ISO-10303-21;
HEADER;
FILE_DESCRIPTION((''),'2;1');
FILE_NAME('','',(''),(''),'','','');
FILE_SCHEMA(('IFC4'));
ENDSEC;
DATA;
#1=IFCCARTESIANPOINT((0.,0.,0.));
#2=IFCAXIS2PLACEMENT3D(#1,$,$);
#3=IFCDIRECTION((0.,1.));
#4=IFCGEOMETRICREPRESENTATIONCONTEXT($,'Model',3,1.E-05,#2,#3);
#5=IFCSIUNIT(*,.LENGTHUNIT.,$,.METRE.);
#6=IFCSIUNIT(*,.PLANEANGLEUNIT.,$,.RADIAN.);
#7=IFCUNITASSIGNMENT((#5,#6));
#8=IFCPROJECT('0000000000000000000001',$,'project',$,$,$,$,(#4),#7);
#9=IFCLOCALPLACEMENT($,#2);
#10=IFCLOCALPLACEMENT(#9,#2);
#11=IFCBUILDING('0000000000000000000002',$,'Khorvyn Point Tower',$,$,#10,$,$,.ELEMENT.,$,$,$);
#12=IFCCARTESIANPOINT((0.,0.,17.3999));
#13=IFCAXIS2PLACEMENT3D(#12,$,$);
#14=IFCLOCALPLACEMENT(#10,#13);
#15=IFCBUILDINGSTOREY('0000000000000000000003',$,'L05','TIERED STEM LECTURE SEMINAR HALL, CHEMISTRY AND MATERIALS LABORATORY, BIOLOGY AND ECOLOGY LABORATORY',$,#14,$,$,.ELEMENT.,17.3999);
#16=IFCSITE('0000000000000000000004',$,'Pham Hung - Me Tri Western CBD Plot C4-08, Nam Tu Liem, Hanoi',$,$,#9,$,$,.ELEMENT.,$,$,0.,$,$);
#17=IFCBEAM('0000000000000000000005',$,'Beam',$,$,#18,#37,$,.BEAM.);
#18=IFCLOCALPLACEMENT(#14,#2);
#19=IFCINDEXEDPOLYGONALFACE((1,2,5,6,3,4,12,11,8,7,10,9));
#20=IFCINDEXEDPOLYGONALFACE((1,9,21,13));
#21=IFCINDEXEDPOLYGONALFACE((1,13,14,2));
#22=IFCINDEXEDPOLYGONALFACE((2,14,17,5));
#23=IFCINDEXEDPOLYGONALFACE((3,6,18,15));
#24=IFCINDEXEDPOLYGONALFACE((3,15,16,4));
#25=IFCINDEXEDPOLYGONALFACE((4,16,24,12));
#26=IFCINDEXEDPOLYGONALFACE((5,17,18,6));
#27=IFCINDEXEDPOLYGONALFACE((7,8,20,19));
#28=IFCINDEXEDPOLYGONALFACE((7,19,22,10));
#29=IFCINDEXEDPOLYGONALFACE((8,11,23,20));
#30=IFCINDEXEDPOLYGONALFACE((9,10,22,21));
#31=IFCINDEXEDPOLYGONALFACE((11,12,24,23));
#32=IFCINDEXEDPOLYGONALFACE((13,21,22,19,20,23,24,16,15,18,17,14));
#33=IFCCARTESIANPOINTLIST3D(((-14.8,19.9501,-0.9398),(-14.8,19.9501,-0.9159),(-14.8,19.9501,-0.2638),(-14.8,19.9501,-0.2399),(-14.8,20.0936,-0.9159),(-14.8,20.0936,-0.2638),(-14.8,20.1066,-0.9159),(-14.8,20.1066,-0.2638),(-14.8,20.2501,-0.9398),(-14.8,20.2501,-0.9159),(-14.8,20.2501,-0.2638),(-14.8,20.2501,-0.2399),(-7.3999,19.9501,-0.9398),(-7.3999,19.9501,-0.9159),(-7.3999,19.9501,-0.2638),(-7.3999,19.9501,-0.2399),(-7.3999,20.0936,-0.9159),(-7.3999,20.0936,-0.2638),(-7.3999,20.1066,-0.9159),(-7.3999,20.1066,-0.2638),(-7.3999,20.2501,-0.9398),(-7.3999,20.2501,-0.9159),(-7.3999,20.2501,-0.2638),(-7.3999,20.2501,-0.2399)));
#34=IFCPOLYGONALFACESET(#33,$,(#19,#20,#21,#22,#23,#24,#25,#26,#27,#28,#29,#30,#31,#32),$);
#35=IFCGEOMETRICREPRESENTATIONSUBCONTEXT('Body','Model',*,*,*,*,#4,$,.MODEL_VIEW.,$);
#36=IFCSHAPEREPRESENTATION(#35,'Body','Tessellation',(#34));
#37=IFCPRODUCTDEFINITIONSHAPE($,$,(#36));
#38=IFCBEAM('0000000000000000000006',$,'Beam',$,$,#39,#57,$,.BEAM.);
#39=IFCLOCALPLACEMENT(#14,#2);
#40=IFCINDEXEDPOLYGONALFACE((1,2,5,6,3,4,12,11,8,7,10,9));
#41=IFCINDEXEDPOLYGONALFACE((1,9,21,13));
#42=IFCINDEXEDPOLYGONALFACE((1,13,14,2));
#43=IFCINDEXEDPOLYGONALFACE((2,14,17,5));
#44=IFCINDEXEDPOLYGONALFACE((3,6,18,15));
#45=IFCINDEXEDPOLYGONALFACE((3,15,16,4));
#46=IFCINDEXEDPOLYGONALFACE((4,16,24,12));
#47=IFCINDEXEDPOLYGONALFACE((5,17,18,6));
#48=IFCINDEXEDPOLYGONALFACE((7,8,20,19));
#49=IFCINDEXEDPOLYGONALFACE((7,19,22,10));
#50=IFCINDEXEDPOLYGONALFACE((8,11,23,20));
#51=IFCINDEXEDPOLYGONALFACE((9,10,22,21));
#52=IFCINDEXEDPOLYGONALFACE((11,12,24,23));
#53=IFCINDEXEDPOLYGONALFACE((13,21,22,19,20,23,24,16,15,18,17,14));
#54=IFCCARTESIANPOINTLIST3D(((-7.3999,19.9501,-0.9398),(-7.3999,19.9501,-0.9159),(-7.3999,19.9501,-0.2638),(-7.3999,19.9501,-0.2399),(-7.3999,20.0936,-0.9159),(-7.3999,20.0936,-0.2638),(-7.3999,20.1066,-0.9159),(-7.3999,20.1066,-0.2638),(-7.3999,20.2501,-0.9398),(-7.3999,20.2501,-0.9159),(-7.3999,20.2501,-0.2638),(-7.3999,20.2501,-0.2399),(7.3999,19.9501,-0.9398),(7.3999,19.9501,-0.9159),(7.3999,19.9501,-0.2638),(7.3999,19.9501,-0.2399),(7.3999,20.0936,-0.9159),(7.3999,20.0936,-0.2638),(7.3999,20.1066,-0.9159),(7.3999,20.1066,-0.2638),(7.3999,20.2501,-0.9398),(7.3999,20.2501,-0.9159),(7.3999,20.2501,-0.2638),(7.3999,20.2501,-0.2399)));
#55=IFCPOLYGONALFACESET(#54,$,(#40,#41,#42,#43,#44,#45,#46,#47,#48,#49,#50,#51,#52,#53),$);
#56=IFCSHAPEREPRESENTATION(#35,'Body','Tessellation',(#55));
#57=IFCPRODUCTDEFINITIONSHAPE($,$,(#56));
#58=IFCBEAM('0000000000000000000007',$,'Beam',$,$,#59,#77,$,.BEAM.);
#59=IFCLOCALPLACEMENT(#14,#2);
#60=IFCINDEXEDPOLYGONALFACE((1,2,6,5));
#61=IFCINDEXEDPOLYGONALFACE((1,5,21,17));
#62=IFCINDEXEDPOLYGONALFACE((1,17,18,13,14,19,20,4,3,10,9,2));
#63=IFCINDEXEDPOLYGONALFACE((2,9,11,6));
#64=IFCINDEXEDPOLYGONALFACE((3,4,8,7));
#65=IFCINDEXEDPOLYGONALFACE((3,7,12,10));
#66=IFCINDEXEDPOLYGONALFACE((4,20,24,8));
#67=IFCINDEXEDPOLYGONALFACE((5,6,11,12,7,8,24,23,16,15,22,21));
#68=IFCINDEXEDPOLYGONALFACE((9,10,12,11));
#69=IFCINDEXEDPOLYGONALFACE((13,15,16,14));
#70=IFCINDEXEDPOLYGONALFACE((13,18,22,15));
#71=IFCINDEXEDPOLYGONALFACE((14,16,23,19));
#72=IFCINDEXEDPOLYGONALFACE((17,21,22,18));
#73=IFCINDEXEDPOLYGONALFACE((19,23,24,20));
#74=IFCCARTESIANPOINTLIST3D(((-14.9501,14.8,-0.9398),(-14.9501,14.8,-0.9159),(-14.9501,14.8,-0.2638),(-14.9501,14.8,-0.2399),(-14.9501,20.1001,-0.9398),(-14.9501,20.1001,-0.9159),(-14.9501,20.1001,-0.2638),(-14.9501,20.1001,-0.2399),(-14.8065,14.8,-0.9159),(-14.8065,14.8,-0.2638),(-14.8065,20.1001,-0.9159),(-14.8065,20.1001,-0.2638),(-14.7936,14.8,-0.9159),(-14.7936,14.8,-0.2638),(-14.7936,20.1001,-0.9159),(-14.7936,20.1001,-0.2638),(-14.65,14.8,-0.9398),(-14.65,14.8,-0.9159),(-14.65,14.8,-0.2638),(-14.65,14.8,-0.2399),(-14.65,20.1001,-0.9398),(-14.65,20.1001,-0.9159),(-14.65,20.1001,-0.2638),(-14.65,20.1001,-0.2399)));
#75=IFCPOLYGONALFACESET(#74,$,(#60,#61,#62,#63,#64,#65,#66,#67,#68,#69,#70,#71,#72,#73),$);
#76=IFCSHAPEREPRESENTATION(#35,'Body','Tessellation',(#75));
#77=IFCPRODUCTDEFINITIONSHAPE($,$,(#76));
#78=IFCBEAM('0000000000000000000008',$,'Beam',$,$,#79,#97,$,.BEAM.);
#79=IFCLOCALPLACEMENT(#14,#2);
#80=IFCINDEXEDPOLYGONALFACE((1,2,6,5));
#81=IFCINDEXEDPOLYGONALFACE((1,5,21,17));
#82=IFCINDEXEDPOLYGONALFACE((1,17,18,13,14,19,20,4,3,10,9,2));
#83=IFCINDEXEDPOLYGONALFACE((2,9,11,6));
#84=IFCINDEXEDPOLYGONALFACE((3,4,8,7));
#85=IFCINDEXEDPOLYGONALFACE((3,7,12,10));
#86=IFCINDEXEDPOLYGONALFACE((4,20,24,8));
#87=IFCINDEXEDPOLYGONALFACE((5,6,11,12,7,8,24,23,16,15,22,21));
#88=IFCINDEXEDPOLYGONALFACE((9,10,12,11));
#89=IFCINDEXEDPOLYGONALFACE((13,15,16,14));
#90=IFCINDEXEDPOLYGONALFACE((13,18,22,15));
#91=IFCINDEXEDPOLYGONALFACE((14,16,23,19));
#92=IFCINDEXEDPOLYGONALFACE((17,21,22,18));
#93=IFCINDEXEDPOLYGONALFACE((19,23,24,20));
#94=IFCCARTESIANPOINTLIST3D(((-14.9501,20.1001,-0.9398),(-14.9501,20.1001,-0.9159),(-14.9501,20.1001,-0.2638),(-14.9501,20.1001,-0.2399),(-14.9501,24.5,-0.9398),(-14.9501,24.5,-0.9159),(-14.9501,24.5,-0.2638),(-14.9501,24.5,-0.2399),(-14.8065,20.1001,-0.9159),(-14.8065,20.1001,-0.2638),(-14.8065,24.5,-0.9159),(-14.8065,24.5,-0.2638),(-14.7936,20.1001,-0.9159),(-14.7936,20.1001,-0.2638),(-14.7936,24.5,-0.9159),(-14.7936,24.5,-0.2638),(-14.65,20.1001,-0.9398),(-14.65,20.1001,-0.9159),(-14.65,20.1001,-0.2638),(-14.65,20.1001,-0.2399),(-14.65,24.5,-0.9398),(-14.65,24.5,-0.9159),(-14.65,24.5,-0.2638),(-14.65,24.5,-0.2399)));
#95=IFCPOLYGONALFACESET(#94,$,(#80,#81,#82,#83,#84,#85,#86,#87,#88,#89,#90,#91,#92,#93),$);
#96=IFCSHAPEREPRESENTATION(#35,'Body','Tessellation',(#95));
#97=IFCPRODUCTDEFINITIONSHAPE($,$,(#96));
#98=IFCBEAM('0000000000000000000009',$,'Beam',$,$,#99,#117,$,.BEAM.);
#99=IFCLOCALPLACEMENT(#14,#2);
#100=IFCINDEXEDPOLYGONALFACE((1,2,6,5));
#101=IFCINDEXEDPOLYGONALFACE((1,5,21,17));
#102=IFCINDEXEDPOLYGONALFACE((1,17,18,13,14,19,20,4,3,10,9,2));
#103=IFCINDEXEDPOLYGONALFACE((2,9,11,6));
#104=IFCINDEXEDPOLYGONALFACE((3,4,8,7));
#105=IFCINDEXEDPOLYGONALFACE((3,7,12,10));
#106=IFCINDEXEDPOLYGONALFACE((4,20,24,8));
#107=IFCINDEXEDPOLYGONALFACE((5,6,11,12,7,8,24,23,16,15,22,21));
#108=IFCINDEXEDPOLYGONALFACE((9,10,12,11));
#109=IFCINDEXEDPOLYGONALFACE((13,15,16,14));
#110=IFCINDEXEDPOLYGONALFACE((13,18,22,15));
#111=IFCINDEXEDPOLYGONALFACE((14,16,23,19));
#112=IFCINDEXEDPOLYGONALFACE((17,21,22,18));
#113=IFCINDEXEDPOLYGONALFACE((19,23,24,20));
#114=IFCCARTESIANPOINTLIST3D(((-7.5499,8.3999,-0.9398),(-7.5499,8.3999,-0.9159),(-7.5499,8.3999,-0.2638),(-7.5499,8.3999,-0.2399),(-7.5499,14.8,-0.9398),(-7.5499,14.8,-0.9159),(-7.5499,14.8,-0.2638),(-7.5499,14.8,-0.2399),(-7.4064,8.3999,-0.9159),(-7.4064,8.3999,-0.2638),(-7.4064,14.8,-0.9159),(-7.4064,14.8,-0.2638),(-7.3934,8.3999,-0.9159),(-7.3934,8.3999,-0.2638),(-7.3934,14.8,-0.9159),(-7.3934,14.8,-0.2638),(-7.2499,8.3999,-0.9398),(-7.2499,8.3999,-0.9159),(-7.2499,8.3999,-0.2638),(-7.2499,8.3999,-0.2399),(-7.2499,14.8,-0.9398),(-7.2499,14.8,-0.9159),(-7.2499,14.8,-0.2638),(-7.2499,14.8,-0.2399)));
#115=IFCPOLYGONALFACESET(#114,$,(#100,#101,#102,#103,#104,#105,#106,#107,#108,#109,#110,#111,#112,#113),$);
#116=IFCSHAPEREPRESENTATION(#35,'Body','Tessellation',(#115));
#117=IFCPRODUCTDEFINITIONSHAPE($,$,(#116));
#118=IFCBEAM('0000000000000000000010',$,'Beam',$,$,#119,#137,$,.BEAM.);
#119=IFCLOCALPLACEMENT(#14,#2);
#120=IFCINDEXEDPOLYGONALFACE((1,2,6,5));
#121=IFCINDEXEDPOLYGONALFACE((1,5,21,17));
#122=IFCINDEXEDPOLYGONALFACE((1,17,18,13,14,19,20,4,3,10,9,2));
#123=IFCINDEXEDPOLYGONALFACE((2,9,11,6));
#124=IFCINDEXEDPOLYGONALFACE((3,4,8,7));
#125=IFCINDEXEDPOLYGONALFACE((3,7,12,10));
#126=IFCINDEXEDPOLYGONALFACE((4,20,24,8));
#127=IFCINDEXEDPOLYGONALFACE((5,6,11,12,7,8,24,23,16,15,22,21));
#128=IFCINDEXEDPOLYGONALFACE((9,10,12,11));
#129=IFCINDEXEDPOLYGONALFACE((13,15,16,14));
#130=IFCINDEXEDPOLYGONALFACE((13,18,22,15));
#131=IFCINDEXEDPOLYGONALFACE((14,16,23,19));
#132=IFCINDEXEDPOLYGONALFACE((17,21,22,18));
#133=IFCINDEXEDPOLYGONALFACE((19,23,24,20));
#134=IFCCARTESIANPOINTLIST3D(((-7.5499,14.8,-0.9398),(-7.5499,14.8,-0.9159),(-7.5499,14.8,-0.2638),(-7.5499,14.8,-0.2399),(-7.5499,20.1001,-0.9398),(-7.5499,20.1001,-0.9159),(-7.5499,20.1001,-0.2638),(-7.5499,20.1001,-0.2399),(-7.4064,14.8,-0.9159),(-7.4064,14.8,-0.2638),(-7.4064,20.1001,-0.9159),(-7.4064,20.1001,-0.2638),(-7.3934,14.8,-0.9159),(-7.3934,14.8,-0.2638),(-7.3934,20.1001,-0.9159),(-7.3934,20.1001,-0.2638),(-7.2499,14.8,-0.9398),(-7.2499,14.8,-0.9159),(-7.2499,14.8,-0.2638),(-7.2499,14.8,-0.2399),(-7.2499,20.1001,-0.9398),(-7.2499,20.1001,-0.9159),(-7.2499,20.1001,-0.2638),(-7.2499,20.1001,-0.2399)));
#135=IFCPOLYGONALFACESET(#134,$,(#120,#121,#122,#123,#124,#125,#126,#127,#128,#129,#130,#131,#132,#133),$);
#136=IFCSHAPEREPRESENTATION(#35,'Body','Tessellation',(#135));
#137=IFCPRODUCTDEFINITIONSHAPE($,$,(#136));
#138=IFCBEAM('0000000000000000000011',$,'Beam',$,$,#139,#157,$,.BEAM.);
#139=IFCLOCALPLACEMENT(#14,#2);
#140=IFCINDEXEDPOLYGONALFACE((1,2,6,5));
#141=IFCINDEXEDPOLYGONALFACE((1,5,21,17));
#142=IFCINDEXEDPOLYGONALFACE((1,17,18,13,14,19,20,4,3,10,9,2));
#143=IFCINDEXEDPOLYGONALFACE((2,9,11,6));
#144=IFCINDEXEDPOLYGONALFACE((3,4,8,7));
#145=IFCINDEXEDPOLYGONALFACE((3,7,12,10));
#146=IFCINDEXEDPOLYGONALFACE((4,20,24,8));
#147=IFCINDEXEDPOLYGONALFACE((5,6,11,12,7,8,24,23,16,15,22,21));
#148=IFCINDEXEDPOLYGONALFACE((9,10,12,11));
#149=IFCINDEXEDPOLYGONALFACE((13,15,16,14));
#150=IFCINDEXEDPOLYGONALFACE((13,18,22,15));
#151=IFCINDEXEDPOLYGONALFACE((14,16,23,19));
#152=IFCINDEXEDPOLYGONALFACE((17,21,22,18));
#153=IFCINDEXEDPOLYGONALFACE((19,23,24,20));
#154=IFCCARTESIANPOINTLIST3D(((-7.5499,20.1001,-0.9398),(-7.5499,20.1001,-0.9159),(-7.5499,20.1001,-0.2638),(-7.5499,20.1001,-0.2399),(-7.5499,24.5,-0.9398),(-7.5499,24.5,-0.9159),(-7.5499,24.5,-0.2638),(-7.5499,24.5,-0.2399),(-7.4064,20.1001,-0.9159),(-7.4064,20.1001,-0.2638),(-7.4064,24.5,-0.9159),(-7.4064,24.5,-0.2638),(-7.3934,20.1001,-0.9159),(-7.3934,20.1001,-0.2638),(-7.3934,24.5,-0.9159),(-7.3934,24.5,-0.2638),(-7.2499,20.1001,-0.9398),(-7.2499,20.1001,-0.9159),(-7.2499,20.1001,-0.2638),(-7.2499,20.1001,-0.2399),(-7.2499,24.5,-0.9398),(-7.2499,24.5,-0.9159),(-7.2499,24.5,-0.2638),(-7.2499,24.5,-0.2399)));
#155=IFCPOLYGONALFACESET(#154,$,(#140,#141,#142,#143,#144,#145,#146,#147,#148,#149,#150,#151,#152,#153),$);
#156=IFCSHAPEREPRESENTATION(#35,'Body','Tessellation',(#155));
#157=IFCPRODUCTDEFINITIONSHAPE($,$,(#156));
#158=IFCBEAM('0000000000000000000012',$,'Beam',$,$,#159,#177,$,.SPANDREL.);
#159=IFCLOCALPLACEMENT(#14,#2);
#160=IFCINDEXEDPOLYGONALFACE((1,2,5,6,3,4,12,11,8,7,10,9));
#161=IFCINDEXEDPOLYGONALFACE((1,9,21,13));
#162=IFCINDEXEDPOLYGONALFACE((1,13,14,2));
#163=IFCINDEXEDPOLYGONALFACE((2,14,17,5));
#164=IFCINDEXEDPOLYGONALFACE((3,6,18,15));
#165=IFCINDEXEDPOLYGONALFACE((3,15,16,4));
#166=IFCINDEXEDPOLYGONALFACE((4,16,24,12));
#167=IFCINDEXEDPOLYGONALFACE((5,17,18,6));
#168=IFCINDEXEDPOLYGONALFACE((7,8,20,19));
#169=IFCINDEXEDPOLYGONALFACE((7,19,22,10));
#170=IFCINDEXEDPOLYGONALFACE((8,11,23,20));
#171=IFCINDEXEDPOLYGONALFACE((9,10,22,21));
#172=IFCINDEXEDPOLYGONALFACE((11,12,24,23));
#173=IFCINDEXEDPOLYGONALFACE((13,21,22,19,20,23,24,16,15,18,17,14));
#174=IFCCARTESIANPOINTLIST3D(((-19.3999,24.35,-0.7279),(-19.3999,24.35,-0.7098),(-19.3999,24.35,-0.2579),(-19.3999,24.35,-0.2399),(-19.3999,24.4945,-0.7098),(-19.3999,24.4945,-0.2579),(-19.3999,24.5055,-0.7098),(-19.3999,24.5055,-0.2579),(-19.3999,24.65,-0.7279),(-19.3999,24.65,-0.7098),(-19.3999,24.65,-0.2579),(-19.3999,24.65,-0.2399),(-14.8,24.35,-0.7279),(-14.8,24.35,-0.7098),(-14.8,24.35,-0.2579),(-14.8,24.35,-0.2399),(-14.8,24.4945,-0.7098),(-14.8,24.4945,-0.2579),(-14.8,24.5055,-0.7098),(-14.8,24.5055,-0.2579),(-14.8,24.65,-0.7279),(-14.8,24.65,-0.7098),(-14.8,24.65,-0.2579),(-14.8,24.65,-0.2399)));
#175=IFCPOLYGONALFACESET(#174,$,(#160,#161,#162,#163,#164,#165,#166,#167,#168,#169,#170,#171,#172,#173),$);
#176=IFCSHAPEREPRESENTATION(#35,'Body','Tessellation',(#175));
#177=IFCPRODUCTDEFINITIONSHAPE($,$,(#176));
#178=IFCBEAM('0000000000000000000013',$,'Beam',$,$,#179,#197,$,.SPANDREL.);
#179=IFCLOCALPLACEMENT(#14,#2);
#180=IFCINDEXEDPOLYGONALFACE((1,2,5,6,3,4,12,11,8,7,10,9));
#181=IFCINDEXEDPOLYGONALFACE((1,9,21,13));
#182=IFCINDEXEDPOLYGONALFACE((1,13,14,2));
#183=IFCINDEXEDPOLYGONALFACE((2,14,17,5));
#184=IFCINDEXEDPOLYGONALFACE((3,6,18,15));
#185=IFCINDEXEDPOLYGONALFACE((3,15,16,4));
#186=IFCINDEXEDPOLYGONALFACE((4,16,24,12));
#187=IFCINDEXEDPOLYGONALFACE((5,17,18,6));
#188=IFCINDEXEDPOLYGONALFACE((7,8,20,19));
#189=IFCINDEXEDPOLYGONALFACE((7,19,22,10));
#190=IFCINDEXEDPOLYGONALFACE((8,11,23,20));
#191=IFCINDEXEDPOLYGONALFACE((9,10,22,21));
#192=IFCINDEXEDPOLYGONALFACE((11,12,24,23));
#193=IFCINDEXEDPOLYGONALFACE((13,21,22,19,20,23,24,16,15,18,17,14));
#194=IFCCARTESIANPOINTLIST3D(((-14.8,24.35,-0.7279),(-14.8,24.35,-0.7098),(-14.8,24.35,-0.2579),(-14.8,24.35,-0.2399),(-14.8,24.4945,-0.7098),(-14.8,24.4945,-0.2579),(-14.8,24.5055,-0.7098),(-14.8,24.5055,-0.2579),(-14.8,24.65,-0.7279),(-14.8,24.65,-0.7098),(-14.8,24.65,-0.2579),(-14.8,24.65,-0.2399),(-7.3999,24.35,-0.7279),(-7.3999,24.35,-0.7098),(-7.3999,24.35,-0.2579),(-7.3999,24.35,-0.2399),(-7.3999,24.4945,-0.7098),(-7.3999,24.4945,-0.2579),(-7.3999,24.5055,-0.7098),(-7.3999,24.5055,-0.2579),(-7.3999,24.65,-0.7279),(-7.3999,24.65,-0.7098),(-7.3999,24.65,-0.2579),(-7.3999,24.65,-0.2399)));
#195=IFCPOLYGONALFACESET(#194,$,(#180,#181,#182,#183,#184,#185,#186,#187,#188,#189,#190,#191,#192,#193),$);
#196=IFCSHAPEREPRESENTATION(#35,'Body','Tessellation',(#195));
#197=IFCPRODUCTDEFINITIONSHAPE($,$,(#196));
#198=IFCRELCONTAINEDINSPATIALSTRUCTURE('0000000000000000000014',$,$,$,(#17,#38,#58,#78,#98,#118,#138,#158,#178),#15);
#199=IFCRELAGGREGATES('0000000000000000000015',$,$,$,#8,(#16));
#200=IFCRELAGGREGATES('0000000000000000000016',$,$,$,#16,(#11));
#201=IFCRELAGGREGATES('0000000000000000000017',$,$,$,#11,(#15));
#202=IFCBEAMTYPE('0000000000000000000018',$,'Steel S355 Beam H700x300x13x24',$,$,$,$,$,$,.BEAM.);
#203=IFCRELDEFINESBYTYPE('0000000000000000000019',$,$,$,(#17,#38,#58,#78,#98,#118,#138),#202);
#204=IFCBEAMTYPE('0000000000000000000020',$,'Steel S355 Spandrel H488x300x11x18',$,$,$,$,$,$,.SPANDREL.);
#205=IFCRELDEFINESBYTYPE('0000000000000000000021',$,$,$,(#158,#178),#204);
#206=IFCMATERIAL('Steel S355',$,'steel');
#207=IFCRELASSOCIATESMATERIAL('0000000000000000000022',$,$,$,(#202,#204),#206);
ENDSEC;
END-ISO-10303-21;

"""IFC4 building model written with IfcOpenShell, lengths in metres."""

from ifc_helpers import new_model, si_unit, direction, frame, origin, origin_2d, place, context, subcontext, project, spatial, i_section, extrude, material, material_profile, profile_set, type_object, element, save


model = new_model("IFC4")

# Units and contexts
model_context = context("Model", 3, precision=1e-05, world=origin(), true_north=direction((0.0, 1.0)))
body_context = subcontext(model_context, "Body", "Model", "MODEL_VIEW")
ifc_project = project(units=[si_unit("LENGTHUNIT", "METRE"), si_unit("PLANEANGLEUNIT", "RADIAN")], contexts=[model_context])

# Site, building, storey
site_placement = place(None, origin())
site = spatial("IfcSite", under=ifc_project, at=site_placement, Name="Pham Hung - Me Tri Western CBD Plot C4-08, Nam Tu Liem, Hanoi", CompositionType="ELEMENT", RefElevation=0.0)
building_placement = place(site_placement, origin())
building = spatial("IfcBuilding", under=site, at=building_placement, Name="Khorvyn Point Tower", CompositionType="ELEMENT")
storey_placement = place(building_placement, frame((0.0, 0.0, 17.3999)))
storey = spatial("IfcBuildingStorey", under=building, at=storey_placement, Name="L05", Description="TIERED STEM LECTURE SEMINAR HALL, CHEMISTRY AND MATERIALS LABORATORY, BIOLOGY AND ECOLOGY LABORATORY", CompositionType="ELEMENT", Elevation=17.3999)

# Beams
ifc_material_1 = material(Name="Steel S355", Category="steel")
ifc_material_profile_1 = material_profile(ifc_material_1, i_section(OverallWidth=0.3, OverallDepth=0.7, WebThickness=0.0129, FlangeThickness=0.0239, at=origin_2d()))
ifc_profile_set_1 = profile_set([ifc_material_profile_1], Name="Steel S355 H700x300x13x24")
beam_type_1 = type_object("IfcBeamType", Name="Steel S355 Beam H700x300x13x24", PredefinedType="BEAM", material=ifc_profile_set_1)
beam_1_placement = place(storey_placement, frame((-14.8, 20.1001, -0.5898), z_axis=(1.0, 0.0, 0.0), x_axis=(0.0, 1.0, 0.0)))
element("IfcBeam", 1, at=beam_1_placement, inside=storey, type_object=beam_type_1, Name="Beam", PredefinedType="BEAM", context=body_context, shape_type="SweptSolid", body=[
    extrude(i_section(OverallWidth=0.3, OverallDepth=0.7, WebThickness=0.0129, FlangeThickness=0.0239, at=origin_2d()), origin(), (0.0, 0.0, 1.0), 7.4001),
])
beam_2_placement = place(storey_placement, frame((-7.3999, 20.1001, -0.5898), z_axis=(1.0, 0.0, 0.0), x_axis=(0.0, 1.0, 0.0)))
element("IfcBeam", 2, at=beam_2_placement, inside=storey, type_object=beam_type_1, Name="Beam", PredefinedType="BEAM", context=body_context, shape_type="SweptSolid", body=[
    extrude(i_section(OverallWidth=0.3, OverallDepth=0.7, WebThickness=0.0129, FlangeThickness=0.0239, at=origin_2d()), origin(), (0.0, 0.0, 1.0), 14.7998),
])
beam_3_placement = place(storey_placement, frame((-14.8, 14.8, -0.5898), z_axis=(0.0, 1.0, 0.0), x_axis=(-1.0, 0.0, 0.0)))
element("IfcBeam", 3, at=beam_3_placement, inside=storey, type_object=beam_type_1, Name="Beam", PredefinedType="BEAM", context=body_context, shape_type="SweptSolid", body=[
    extrude(i_section(OverallWidth=0.3, OverallDepth=0.7, WebThickness=0.0129, FlangeThickness=0.0239, at=origin_2d()), origin(), (0.0, 0.0, 1.0), 5.3),
])
beam_4_placement = place(storey_placement, frame((-14.8, 20.1001, -0.5898), z_axis=(0.0, 1.0, 0.0), x_axis=(-1.0, 0.0, 0.0)))
element("IfcBeam", 4, at=beam_4_placement, inside=storey, type_object=beam_type_1, Name="Beam", PredefinedType="BEAM", context=body_context, shape_type="SweptSolid", body=[
    extrude(i_section(OverallWidth=0.3, OverallDepth=0.7, WebThickness=0.0129, FlangeThickness=0.0239, at=origin_2d()), origin(), (0.0, 0.0, 1.0), 4.3999),
])
beam_5_placement = place(storey_placement, frame((-7.3999, 8.3999, -0.5898), z_axis=(0.0, 1.0, 0.0), x_axis=(-1.0, 0.0, 0.0)))
element("IfcBeam", 5, at=beam_5_placement, inside=storey, type_object=beam_type_1, Name="Beam", PredefinedType="BEAM", context=body_context, shape_type="SweptSolid", body=[
    extrude(i_section(OverallWidth=0.3, OverallDepth=0.7, WebThickness=0.0129, FlangeThickness=0.0239, at=origin_2d()), origin(), (0.0, 0.0, 1.0), 6.4001),
])
beam_6_placement = place(storey_placement, frame((-7.3999, 14.8, -0.5898), z_axis=(0.0, 1.0, 0.0), x_axis=(-1.0, 0.0, 0.0)))
element("IfcBeam", 6, at=beam_6_placement, inside=storey, type_object=beam_type_1, Name="Beam", PredefinedType="BEAM", context=body_context, shape_type="SweptSolid", body=[
    extrude(i_section(OverallWidth=0.3, OverallDepth=0.7, WebThickness=0.0129, FlangeThickness=0.0239, at=origin_2d()), origin(), (0.0, 0.0, 1.0), 5.3),
])
beam_7_placement = place(storey_placement, frame((-7.3999, 20.1001, -0.5898), z_axis=(0.0, 1.0, 0.0), x_axis=(-1.0, 0.0, 0.0)))
element("IfcBeam", 7, at=beam_7_placement, inside=storey, type_object=beam_type_1, Name="Beam", PredefinedType="BEAM", context=body_context, shape_type="SweptSolid", body=[
    extrude(i_section(OverallWidth=0.3, OverallDepth=0.7, WebThickness=0.0129, FlangeThickness=0.0239, at=origin_2d()), origin(), (0.0, 0.0, 1.0), 4.3999),
])
ifc_material_profile_2 = material_profile(ifc_material_1, i_section(OverallWidth=0.3, OverallDepth=0.488, WebThickness=0.011, FlangeThickness=0.0181, at=origin_2d()))
ifc_profile_set_2 = profile_set([ifc_material_profile_2], Name="Steel S355 H488x300x11x18")
beam_type_2 = type_object("IfcBeamType", Name="Steel S355 Spandrel H488x300x11x18", PredefinedType="SPANDREL", material=ifc_profile_set_2)
beam_8_placement = place(storey_placement, frame((-19.3999, 24.5, -0.4839), z_axis=(1.0, 0.0, 0.0), x_axis=(0.0, 1.0, 0.0)))
element("IfcBeam", 8, at=beam_8_placement, inside=storey, type_object=beam_type_2, Name="Beam", PredefinedType="SPANDREL", context=body_context, shape_type="SweptSolid", body=[
    extrude(i_section(OverallWidth=0.3, OverallDepth=0.488, WebThickness=0.011, FlangeThickness=0.0181, at=origin_2d()), origin(), (0.0, 0.0, 1.0), 4.5999),
])
beam_9_placement = place(storey_placement, frame((-14.8, 24.5, -0.4839), z_axis=(1.0, 0.0, 0.0), x_axis=(0.0, 1.0, 0.0)))
element("IfcBeam", 9, at=beam_9_placement, inside=storey, type_object=beam_type_2, Name="Beam", PredefinedType="SPANDREL", context=body_context, shape_type="SweptSolid", body=[
    extrude(i_section(OverallWidth=0.3, OverallDepth=0.488, WebThickness=0.011, FlangeThickness=0.0181, at=origin_2d()), origin(), (0.0, 0.0, 1.0), 7.4001),
])

save(model, "model.ifc")
